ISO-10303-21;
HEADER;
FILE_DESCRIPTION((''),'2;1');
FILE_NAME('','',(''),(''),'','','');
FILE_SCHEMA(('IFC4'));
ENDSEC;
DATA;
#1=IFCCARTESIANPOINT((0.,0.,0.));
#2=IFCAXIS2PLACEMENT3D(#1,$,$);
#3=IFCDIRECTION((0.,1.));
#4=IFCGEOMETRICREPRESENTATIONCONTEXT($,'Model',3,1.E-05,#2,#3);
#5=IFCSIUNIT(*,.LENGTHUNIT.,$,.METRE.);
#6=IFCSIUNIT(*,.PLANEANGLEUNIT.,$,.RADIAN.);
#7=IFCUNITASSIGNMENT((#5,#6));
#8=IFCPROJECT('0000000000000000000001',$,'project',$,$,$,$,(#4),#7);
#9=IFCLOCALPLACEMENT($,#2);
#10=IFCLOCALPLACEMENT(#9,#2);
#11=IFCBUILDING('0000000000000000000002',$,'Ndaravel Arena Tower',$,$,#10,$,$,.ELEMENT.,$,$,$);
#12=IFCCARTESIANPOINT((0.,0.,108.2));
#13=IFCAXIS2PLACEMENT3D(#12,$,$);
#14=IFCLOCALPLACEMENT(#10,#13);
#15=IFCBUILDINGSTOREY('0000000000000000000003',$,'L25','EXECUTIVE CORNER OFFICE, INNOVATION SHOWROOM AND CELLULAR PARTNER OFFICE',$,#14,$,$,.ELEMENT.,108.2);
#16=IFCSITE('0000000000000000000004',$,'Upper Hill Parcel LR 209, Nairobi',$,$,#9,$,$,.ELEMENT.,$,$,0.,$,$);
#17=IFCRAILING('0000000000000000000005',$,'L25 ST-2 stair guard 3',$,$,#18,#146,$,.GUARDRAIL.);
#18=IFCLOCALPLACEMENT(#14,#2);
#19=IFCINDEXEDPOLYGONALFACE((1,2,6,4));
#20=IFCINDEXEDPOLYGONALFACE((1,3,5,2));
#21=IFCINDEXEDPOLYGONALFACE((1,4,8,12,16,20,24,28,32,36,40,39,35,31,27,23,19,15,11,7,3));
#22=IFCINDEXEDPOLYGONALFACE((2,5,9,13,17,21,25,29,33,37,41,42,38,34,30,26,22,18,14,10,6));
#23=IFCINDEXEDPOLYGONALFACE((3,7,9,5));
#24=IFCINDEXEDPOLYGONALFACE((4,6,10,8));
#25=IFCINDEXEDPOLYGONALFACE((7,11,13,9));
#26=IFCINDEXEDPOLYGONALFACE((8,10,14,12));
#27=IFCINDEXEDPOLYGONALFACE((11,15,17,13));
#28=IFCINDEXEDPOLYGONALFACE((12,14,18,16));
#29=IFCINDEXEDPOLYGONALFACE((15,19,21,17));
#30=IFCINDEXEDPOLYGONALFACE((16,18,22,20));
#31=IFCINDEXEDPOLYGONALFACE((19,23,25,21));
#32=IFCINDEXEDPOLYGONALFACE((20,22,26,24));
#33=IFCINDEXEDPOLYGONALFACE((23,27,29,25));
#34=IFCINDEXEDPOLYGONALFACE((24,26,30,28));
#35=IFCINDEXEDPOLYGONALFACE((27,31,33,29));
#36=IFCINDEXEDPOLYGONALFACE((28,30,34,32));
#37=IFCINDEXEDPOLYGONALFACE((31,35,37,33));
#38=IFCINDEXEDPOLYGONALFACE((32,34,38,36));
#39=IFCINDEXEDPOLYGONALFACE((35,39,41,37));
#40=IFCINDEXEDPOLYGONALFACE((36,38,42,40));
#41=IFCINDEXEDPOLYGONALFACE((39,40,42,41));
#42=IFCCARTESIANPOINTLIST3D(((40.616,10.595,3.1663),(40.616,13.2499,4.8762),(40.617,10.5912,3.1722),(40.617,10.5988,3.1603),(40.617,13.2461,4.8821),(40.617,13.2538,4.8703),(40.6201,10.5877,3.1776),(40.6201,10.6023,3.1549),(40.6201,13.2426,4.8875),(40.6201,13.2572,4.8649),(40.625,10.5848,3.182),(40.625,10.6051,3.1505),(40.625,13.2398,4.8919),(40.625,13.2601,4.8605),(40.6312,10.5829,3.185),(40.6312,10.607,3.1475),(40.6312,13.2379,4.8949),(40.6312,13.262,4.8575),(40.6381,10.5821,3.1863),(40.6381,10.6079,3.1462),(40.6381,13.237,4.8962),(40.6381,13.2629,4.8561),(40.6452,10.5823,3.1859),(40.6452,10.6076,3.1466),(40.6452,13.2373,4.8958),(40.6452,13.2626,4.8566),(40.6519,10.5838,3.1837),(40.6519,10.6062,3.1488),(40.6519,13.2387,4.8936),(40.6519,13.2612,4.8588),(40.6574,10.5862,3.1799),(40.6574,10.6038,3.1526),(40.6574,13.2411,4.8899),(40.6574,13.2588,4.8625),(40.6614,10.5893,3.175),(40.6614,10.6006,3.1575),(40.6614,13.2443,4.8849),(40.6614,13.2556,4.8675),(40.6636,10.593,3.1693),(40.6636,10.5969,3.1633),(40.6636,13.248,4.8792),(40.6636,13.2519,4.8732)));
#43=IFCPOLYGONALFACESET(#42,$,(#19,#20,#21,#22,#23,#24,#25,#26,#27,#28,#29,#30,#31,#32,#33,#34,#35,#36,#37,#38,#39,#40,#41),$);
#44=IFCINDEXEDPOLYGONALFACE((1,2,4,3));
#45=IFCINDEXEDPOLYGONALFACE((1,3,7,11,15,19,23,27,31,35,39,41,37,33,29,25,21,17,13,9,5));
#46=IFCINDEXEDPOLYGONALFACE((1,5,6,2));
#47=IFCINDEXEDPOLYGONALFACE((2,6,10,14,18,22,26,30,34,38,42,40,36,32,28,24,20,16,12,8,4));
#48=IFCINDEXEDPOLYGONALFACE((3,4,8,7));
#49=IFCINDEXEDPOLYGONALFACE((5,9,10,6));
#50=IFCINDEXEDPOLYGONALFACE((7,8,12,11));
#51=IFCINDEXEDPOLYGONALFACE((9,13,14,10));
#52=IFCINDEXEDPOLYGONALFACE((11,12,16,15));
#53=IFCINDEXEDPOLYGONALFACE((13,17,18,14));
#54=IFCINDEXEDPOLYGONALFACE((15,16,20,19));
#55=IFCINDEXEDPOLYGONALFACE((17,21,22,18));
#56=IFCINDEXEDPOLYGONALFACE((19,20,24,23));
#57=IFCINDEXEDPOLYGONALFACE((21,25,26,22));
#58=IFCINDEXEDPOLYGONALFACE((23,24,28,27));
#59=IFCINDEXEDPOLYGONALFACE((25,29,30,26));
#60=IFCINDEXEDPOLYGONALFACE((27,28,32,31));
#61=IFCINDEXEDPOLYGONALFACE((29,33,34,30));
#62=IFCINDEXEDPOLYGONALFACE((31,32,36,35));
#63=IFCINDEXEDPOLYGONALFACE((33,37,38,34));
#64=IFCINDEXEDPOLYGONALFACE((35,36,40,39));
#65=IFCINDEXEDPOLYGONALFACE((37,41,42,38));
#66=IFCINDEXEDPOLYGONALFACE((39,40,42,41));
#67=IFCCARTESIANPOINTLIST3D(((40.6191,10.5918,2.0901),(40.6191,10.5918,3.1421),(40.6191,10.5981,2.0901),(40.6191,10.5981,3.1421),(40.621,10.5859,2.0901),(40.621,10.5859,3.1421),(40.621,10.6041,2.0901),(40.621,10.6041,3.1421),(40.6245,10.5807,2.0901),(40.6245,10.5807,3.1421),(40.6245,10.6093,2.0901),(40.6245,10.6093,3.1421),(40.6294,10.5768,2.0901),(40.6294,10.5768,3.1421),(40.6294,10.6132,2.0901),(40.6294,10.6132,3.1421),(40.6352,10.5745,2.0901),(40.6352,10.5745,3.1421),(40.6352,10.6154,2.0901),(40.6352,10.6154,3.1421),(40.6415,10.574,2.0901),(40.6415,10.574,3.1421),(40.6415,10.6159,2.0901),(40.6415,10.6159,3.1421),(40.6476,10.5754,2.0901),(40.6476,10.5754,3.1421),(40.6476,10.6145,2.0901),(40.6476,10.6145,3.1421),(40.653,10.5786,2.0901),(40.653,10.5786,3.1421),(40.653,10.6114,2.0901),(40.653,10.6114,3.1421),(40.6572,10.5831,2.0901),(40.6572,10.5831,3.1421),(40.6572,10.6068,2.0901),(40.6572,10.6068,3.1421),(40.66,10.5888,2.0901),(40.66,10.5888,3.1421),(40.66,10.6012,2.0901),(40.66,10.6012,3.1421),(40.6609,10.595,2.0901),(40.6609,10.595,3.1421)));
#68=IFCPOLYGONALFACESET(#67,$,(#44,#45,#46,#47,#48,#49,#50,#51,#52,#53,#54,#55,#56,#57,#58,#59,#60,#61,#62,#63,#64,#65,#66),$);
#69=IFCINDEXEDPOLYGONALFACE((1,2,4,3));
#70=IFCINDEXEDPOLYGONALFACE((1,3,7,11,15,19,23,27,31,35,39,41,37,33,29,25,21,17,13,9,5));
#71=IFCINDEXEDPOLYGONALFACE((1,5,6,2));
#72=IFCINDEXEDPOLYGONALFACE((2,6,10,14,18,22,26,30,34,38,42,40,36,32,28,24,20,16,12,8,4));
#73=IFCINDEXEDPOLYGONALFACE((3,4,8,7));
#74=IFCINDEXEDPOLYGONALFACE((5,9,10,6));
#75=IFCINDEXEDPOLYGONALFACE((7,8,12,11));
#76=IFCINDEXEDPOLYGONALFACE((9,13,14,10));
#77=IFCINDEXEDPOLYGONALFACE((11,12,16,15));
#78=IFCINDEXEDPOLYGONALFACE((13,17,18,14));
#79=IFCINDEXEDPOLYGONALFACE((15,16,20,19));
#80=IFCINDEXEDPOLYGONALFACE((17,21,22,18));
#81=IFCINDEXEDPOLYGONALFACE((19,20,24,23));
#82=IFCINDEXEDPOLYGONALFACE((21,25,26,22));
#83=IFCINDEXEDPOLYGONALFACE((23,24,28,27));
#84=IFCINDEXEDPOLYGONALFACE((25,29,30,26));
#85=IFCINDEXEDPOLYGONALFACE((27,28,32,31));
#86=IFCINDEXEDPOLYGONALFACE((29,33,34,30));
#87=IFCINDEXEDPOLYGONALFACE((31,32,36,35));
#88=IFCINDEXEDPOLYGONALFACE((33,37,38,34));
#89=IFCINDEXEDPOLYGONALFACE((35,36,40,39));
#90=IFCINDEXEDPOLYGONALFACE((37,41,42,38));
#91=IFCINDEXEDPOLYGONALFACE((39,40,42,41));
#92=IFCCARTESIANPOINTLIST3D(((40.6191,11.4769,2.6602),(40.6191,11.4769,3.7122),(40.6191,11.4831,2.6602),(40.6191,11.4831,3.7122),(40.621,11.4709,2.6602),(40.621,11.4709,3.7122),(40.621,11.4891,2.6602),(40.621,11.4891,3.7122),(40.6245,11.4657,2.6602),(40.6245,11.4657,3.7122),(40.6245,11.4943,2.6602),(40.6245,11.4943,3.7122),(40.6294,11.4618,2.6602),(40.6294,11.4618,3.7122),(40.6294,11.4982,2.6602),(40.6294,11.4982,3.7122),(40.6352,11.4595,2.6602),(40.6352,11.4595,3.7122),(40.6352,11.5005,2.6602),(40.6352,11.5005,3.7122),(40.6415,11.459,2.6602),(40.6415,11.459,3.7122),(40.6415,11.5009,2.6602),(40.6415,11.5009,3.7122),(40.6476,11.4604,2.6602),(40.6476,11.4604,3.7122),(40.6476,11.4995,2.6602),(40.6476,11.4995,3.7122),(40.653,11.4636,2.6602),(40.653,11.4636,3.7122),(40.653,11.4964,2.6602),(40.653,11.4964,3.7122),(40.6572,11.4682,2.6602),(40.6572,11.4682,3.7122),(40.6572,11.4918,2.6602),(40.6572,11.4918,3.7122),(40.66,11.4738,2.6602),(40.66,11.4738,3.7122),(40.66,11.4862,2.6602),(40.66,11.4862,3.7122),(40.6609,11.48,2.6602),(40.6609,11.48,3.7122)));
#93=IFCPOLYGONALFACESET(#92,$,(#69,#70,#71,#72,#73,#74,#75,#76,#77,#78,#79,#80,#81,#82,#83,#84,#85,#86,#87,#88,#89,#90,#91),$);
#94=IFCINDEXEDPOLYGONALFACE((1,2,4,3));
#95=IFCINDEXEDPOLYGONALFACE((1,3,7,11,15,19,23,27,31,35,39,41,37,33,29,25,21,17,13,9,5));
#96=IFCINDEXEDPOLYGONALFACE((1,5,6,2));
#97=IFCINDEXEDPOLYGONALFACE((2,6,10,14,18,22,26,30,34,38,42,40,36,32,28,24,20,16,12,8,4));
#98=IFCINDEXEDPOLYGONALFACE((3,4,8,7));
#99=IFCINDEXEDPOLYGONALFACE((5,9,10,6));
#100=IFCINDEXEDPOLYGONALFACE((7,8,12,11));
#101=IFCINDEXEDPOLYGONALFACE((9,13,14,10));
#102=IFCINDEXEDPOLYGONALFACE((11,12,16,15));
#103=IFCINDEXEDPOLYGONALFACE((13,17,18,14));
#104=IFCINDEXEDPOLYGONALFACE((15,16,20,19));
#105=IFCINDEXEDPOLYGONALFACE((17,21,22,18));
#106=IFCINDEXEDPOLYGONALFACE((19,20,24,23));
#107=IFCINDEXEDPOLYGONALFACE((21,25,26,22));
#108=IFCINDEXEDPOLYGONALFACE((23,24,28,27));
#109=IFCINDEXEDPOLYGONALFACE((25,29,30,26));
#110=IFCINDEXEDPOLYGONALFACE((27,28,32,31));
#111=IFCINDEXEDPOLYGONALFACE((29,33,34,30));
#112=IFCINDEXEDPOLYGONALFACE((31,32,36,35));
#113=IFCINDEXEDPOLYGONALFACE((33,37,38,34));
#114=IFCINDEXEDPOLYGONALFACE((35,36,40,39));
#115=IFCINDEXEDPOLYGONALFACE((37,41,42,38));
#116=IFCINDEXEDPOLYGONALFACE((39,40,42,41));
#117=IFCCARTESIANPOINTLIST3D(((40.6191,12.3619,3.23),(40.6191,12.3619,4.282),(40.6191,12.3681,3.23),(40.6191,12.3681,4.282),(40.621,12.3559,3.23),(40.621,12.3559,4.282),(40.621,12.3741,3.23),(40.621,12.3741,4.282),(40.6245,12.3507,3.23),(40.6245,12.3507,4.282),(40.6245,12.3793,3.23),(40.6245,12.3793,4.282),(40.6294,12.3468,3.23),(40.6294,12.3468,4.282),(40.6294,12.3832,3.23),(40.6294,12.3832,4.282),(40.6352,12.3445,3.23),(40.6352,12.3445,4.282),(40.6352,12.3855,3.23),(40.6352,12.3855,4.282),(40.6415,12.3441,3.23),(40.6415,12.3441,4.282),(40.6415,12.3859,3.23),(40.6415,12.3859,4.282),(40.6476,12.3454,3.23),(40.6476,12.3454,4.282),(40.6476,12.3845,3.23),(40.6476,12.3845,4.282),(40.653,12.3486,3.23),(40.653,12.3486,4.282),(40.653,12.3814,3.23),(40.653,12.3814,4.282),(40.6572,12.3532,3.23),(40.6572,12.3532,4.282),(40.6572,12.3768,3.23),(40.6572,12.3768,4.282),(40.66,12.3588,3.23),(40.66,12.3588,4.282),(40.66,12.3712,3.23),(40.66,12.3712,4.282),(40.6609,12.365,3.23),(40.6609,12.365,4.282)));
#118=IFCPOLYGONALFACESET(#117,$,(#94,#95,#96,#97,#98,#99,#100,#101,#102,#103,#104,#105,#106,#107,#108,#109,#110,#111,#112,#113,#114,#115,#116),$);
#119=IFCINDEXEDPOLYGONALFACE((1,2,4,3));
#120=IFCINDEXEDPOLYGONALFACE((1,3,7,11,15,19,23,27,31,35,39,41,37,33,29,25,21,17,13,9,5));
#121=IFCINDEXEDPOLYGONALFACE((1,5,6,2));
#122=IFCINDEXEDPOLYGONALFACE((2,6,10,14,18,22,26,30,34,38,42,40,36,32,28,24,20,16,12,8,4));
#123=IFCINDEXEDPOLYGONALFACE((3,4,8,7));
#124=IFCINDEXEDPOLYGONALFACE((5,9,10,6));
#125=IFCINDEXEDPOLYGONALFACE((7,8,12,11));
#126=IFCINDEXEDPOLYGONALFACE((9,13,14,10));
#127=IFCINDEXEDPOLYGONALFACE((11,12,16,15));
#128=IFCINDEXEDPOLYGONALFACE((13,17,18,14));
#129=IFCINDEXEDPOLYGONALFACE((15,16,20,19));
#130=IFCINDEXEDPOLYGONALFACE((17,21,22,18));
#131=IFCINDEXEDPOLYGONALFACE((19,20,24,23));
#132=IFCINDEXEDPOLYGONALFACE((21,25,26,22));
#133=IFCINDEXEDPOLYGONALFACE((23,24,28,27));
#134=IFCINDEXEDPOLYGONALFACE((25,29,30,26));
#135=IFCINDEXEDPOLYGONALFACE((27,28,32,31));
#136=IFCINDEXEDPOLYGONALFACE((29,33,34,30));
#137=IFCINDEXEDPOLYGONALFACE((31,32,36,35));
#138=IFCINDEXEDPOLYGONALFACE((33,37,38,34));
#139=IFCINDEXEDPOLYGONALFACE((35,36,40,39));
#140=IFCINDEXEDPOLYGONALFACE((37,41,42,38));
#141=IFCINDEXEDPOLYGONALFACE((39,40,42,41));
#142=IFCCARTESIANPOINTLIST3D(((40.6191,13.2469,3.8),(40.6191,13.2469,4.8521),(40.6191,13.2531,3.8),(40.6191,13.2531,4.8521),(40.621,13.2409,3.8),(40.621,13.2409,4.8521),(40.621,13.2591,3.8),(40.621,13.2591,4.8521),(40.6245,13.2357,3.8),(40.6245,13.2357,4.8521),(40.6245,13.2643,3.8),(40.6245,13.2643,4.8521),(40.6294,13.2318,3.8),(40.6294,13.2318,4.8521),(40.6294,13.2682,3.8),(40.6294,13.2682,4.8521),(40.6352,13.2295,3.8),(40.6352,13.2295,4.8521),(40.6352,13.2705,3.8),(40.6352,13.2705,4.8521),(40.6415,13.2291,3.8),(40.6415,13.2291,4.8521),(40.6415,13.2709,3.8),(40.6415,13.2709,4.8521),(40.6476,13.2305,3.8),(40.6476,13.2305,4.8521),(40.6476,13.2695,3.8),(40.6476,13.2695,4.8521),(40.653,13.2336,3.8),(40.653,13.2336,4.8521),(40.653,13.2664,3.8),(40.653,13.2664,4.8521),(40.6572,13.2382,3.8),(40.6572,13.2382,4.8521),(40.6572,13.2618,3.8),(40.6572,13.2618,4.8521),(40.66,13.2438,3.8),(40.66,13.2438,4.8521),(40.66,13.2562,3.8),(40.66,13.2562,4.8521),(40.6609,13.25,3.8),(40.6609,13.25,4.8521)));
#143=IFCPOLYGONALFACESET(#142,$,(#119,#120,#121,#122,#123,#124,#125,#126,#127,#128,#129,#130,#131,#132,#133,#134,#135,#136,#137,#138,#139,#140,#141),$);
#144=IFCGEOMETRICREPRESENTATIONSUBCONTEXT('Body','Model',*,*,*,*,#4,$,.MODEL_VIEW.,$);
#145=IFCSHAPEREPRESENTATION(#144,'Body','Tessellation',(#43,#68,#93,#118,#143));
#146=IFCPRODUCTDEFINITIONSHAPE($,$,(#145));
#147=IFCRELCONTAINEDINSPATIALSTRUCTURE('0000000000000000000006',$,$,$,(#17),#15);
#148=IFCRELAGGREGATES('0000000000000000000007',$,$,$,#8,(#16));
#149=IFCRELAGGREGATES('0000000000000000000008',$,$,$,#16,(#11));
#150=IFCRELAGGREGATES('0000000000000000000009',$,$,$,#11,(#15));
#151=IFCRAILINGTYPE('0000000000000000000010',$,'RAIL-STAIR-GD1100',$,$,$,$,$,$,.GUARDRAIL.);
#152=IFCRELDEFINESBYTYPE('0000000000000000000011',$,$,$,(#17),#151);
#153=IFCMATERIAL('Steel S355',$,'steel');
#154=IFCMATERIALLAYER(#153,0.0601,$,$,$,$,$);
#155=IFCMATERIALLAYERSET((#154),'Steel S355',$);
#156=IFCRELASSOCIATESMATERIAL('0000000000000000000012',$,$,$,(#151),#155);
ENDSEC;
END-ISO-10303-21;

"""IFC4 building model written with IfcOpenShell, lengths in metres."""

from ifc_helpers import new_model, si_unit, direction, frame, origin, origin_2d, place, context, subcontext, project, spatial, circle, extrude, material, layer, layer_set, type_object, element, save


model = new_model("IFC4")

# Units and contexts
model_context = context("Model", 3, precision=1e-05, world=origin(), true_north=direction((0.0, 1.0)))
body_context = subcontext(model_context, "Body", "Model", "MODEL_VIEW")
ifc_project = project(units=[si_unit("LENGTHUNIT", "METRE"), si_unit("PLANEANGLEUNIT", "RADIAN")], contexts=[model_context])

# Site, building, storey
site_placement = place(None, origin())
site = spatial("IfcSite", under=ifc_project, at=site_placement, Name="Upper Hill Parcel LR 209, Nairobi", CompositionType="ELEMENT", RefElevation=0.0)
building_placement = place(site_placement, origin())
building = spatial("IfcBuilding", under=site, at=building_placement, Name="Ndaravel Arena Tower", CompositionType="ELEMENT")
storey_placement = place(building_placement, frame((0.0, 0.0, 108.2)))
storey = spatial("IfcBuildingStorey", under=building, at=storey_placement, Name="L25", Description="EXECUTIVE CORNER OFFICE, INNOVATION SHOWROOM AND CELLULAR PARTNER OFFICE", CompositionType="ELEMENT", Elevation=108.2)

# Railing
ifc_material_1 = material(Name="Steel S355", Category="steel")
ifc_layer_1 = layer(ifc_material_1, 0.0601)
ifc_layer_set_1 = layer_set([ifc_layer_1], Name="Steel S355")
railing_type_1 = type_object("IfcRailingType", Name="RAIL-STAIR-GD1100", PredefinedType="GUARDRAIL", material=ifc_layer_set_1)
railing_1_placement = place(storey_placement, frame((40.6399, 10.595, 2.0901)))
element("IfcRailing", 1, at=railing_1_placement, inside=storey, type_object=railing_type_1, Name="L25 ST-2 stair guard 3", PredefinedType="GUARDRAIL", context=body_context, shape_type="SweptSolid", body=[
    extrude(circle(Radius=0.0239, at=origin_2d()), frame((0.0, 0.0, 1.0762), z_axis=(0.0, 0.840724, 0.541465), x_axis=(-1.0, 0.0, 0.0)), (0.0, 0.0, 1.0), 3.158),
    extrude(circle(Radius=0.021, at=origin_2d()), origin(), (0.0, 0.0, 1.0), 1.052),
    extrude(circle(Radius=0.021, at=origin_2d()), frame((0.0, 0.885, 0.5701)), (0.0, 0.0, 1.0), 1.052),
    extrude(circle(Radius=0.021, at=origin_2d()), frame((0.0, 1.77, 1.1399)), (0.0, 0.0, 1.0), 1.052),
    extrude(circle(Radius=0.021, at=origin_2d()), frame((0.0, 2.655, 1.71)), (0.0, 0.0, 1.0), 1.052),
])

save(model, "model.ifc")
